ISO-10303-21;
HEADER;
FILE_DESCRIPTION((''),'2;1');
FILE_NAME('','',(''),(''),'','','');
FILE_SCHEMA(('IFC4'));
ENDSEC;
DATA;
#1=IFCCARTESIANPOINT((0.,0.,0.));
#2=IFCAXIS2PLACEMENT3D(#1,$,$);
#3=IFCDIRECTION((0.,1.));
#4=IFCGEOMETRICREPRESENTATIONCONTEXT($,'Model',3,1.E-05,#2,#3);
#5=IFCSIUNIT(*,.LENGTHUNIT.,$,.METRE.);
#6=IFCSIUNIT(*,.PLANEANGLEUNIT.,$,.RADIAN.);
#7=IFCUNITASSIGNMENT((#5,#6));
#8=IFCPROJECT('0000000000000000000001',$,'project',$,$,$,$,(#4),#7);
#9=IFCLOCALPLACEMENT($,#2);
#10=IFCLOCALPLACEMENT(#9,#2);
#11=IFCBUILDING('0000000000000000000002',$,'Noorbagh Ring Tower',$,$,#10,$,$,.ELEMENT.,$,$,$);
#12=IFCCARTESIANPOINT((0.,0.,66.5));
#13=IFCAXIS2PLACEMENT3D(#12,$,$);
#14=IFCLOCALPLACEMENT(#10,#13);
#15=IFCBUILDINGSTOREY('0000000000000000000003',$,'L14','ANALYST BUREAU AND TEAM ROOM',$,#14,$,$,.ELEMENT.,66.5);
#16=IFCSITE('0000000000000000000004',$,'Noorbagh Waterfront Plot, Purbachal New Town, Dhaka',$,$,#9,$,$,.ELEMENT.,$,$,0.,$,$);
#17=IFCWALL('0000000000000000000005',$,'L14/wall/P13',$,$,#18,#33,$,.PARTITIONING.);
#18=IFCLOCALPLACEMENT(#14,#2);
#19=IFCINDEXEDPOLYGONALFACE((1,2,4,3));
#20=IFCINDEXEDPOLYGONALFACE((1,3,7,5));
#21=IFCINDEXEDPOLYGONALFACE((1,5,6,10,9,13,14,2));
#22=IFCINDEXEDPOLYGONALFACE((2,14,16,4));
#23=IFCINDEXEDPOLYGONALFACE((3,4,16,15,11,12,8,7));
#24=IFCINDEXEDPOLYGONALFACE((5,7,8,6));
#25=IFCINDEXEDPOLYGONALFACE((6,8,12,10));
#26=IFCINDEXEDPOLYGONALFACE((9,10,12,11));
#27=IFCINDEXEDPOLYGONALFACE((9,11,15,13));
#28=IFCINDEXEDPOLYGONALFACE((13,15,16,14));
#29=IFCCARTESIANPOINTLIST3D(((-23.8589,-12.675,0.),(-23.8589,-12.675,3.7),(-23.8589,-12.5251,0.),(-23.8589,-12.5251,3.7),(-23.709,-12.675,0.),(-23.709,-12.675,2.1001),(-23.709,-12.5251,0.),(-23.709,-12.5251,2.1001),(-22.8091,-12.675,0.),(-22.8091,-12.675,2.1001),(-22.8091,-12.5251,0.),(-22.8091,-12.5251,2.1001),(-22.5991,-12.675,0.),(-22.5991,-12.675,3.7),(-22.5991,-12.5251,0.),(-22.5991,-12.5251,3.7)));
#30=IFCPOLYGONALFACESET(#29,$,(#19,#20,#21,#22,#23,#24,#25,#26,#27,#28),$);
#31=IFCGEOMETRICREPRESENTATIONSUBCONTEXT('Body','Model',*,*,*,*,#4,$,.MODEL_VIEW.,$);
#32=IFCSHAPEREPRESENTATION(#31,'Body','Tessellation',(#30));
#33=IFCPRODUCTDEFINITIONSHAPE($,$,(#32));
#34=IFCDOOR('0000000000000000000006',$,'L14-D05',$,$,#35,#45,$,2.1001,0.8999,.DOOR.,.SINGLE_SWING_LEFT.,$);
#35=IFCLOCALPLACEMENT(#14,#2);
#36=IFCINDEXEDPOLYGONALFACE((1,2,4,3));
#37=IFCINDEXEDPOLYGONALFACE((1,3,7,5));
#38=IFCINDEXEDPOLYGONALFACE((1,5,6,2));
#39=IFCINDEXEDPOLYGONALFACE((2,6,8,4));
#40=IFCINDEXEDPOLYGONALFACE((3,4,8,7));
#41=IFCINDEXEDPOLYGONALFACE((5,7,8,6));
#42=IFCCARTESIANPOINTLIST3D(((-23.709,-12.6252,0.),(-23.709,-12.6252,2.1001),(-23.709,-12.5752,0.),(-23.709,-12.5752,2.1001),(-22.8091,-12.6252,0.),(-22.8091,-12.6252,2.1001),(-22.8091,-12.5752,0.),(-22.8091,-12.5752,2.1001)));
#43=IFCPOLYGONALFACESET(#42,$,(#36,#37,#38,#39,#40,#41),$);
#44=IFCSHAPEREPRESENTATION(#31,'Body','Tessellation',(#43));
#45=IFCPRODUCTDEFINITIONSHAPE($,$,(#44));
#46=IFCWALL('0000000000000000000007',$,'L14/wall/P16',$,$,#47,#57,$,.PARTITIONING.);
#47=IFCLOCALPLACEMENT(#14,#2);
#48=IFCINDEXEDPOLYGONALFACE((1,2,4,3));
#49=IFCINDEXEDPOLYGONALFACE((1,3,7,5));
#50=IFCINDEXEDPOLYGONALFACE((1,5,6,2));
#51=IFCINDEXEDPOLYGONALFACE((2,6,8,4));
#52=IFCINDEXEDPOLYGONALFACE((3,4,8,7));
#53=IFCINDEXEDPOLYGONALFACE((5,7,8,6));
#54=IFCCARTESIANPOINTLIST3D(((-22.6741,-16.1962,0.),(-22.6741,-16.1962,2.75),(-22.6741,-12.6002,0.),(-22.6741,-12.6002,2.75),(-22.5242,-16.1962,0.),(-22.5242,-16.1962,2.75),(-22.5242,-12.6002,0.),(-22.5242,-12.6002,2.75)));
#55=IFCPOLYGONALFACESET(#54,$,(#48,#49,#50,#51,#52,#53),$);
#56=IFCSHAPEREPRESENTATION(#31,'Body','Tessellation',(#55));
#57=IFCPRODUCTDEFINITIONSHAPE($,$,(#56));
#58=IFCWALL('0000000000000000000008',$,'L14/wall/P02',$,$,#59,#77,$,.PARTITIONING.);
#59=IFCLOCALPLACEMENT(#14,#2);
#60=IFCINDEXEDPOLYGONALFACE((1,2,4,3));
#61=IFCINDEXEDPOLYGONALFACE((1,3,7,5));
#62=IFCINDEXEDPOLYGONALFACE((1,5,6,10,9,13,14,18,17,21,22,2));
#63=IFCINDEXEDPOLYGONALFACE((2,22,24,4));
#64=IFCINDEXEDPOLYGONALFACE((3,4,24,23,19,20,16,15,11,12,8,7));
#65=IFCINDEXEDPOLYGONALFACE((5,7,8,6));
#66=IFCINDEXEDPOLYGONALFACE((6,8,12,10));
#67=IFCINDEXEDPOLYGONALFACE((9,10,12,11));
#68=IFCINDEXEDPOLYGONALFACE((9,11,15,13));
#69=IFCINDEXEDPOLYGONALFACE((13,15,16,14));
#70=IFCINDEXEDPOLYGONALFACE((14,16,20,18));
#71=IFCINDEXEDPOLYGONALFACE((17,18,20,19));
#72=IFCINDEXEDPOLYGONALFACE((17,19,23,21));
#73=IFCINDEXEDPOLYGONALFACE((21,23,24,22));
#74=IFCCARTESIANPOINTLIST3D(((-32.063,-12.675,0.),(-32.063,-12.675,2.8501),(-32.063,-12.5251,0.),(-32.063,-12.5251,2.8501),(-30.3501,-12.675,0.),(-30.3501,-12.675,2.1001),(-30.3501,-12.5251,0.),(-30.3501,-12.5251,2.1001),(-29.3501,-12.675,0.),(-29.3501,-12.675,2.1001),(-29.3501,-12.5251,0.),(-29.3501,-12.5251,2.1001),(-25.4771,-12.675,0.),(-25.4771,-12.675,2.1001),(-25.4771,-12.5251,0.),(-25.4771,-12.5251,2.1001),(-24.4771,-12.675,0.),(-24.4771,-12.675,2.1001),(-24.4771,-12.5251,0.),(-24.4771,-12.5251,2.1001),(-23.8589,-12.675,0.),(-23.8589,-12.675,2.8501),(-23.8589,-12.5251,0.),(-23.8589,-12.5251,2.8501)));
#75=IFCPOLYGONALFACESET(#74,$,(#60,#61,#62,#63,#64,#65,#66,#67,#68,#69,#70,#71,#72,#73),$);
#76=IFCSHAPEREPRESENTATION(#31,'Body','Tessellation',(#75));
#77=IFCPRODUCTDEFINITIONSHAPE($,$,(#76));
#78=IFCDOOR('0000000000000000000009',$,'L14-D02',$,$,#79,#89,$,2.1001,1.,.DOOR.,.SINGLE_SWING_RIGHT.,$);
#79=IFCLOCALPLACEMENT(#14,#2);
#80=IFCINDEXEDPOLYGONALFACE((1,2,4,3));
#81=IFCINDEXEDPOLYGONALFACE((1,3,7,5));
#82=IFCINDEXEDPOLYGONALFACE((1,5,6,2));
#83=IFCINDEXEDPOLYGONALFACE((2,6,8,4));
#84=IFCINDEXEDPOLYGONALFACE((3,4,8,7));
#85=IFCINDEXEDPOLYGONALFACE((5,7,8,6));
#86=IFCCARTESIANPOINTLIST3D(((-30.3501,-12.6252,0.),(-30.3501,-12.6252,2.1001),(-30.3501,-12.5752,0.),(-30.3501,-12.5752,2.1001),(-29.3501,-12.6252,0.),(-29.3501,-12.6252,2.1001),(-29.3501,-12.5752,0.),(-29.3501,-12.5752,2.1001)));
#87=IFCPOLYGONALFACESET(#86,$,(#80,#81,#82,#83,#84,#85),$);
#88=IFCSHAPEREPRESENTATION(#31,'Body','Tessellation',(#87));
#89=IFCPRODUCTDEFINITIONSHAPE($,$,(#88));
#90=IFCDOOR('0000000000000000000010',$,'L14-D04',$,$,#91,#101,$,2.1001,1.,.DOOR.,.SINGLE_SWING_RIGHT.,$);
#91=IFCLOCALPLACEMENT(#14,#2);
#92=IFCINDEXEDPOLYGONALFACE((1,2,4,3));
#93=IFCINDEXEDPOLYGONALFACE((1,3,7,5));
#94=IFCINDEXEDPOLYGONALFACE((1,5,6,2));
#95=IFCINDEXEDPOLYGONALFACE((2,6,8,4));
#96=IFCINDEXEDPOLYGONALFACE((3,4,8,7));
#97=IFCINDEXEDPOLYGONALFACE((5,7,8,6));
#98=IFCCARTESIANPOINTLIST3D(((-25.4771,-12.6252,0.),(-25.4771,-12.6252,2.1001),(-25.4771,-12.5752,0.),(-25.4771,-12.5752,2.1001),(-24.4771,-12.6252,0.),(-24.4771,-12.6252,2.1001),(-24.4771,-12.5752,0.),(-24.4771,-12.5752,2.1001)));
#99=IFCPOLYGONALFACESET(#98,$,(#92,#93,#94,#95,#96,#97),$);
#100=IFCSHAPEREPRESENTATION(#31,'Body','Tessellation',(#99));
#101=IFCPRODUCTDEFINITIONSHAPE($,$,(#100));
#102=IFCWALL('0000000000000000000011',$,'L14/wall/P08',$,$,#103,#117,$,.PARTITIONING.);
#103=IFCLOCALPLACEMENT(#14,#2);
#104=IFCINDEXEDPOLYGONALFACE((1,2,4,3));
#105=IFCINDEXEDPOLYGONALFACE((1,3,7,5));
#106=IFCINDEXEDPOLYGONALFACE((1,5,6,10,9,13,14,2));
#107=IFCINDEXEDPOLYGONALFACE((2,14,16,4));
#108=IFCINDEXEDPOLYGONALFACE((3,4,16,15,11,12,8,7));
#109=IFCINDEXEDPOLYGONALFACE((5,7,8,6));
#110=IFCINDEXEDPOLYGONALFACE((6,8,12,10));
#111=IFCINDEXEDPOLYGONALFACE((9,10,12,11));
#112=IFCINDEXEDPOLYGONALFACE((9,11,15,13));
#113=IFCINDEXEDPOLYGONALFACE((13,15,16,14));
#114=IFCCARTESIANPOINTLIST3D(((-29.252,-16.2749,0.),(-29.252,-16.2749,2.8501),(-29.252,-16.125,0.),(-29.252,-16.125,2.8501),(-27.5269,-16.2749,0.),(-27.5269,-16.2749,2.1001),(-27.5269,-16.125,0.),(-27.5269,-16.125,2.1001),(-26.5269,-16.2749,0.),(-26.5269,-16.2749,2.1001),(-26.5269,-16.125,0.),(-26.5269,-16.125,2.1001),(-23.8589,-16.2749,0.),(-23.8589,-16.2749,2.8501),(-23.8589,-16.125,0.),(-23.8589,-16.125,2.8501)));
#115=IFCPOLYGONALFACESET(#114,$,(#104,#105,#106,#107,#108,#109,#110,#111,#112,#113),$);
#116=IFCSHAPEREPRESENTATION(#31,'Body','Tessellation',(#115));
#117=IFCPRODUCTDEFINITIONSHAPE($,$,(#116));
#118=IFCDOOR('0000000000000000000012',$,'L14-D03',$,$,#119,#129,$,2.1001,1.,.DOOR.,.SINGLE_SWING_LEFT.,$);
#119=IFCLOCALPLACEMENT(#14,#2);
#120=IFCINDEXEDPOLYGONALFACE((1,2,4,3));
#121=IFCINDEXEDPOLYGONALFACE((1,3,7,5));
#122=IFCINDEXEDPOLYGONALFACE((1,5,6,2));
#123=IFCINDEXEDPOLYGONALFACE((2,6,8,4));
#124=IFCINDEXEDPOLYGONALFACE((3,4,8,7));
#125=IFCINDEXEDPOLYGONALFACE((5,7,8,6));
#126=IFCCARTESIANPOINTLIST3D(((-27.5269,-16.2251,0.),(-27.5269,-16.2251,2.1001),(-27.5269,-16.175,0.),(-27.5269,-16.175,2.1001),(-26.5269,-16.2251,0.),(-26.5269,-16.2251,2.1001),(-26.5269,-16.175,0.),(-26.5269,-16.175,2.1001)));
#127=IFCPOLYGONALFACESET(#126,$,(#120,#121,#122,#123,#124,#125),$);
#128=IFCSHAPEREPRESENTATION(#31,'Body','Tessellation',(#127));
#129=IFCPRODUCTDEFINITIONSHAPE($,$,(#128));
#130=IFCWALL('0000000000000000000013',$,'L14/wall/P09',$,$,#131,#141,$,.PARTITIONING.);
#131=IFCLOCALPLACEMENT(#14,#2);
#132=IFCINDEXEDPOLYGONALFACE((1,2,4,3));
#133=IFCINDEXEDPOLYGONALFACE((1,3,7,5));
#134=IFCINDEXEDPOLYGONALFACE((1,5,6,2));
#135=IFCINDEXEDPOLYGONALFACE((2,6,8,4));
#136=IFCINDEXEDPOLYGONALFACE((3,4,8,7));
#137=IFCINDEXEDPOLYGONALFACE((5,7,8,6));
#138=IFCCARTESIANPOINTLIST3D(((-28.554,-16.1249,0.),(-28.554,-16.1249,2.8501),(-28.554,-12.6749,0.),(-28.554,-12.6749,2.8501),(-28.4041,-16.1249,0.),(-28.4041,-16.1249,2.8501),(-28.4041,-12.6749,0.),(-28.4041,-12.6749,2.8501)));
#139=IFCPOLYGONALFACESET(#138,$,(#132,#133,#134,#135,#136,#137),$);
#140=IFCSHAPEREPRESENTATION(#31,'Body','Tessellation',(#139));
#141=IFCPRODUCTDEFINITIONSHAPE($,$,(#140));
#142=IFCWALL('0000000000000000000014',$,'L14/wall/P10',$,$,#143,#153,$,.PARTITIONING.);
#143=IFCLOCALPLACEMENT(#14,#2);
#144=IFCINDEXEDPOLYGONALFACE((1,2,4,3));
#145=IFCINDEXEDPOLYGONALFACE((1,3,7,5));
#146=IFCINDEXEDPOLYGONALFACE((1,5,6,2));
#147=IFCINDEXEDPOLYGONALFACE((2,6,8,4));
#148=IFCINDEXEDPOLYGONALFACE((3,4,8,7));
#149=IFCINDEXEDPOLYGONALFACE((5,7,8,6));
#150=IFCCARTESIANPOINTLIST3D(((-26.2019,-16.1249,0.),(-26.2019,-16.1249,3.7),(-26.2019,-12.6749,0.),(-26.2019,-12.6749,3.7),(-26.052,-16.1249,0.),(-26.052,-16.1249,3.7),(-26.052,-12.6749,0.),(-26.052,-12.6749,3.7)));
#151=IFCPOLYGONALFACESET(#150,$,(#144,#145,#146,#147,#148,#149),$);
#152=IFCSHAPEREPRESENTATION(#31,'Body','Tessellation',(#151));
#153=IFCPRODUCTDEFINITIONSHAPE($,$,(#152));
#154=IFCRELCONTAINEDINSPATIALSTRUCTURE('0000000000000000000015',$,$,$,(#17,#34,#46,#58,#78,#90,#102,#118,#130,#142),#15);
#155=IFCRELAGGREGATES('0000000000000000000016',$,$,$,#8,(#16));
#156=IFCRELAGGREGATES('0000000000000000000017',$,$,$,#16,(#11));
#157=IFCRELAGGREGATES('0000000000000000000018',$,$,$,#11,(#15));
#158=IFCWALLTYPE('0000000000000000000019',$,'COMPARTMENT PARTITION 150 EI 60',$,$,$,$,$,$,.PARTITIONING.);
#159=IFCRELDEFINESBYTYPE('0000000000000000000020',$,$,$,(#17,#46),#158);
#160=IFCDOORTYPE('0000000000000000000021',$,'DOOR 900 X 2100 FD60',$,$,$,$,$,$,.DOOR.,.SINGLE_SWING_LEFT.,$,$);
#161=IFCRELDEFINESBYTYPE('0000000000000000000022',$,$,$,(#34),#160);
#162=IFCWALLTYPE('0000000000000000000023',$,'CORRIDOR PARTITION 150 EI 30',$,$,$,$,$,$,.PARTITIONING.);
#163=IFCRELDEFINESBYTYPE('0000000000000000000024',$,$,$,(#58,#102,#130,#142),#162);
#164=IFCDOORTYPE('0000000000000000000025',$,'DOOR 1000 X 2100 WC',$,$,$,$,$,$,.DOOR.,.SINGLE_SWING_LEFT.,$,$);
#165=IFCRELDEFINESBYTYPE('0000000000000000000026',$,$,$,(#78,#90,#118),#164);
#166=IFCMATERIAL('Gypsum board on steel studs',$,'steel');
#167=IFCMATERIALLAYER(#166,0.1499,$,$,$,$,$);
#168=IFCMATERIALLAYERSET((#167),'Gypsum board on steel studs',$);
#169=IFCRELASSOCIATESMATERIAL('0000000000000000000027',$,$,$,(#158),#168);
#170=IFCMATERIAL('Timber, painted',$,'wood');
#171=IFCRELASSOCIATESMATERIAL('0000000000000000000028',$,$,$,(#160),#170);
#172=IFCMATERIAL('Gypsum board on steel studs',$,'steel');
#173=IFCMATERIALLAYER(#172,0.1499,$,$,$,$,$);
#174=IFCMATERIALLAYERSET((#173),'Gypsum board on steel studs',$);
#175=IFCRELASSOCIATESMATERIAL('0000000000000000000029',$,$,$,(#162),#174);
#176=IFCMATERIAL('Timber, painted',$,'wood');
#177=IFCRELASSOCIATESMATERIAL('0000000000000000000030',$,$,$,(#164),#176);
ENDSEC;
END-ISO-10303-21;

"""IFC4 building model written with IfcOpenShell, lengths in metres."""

from ifc_helpers import new_model, si_unit, direction, frame, frame_2d, origin, place, context, subcontext, project, spatial, rectangle, extrude, material, layer, layer_set, type_object, element, fill, save


model = new_model("IFC4")

# Units and contexts
model_context = context("Model", 3, precision=1e-05, world=origin(), true_north=direction((0.0, 1.0)))
body_context = subcontext(model_context, "Body", "Model", "MODEL_VIEW")
ifc_project = project(units=[si_unit("LENGTHUNIT", "METRE"), si_unit("PLANEANGLEUNIT", "RADIAN")], contexts=[model_context])

# Site, building, storey
site_placement = place(None, origin())
site = spatial("IfcSite", under=ifc_project, at=site_placement, Name="Noorbagh Waterfront Plot, Purbachal New Town, Dhaka", CompositionType="ELEMENT", RefElevation=0.0)
building_placement = place(site_placement, origin())
building = spatial("IfcBuilding", under=site, at=building_placement, Name="Noorbagh Ring Tower", CompositionType="ELEMENT")
storey_placement = place(building_placement, frame((0.0, 0.0, 66.5)))
storey = spatial("IfcBuildingStorey", under=building, at=storey_placement, Name="L14", Description="ANALYST BUREAU AND TEAM ROOM", CompositionType="ELEMENT", Elevation=66.5)

# Shared definitions
ifc_material_1 = material(Name="Gypsum board on steel studs", Category="steel")
ifc_layer_1 = layer(ifc_material_1, 0.1499)
ifc_layer_set_1 = layer_set([ifc_layer_1], Name="Gypsum board on steel studs")
wall_type_1 = type_object("IfcWallType", Name="COMPARTMENT PARTITION 150 EI 60", PredefinedType="PARTITIONING", material=ifc_layer_set_1)

# Wall, opening, door
wall_1_placement = place(storey_placement, frame((-23.8589, -12.6001, 0.0), z_axis=(0.0, 0.0, 1.0), x_axis=(1.0, 0.0, 0.0)))
wall_1 = element("IfcWall", 1, at=wall_1_placement, inside=storey, type_object=wall_type_1, Name="L14/wall/P13", PredefinedType="PARTITIONING", context=body_context, shape_type="SweptSolid", body=[
    extrude(rectangle(XDim=1.2598, YDim=0.1499, at=frame_2d((0.6299, 0.0))), origin(), (0.0, 0.0, 1.0), 3.7),
])
opening_1_placement = place(wall_1_placement, frame((0.1499, 0.0, 0.0)))
opening_1 = element("IfcOpeningElement", 2, at=opening_1_placement, cuts=wall_1, PredefinedType="OPENING", context=body_context, shape_type="SweptSolid", body=[
    extrude(rectangle(XDim=0.8999, YDim=2.1001, at=frame_2d((0.45, 1.05))), frame((0.0, 0.085, 0.0), z_axis=(0.0, -1.0, 0.0), x_axis=(1.0, 0.0, 0.0)), (0.0, 0.0, 1.0), 0.1699),
])
ifc_material_2 = material(Name="Timber, painted", Category="wood")
door_type_1 = type_object("IfcDoorType", Name="DOOR 900 X 2100 FD60", OperationType="SINGLE_SWING_LEFT", PredefinedType="DOOR", material=ifc_material_2)
door_1_placement = place(opening_1_placement, origin())
door_1 = element("IfcDoor", 3, at=door_1_placement, inside=storey, type_object=door_type_1, Name="L14-D05", OperationType="SINGLE_SWING_LEFT", OverallHeight=2.1001, OverallWidth=0.8999, PredefinedType="DOOR", context=body_context, shape_type="SweptSolid", body=[
    extrude(rectangle(XDim=0.8999, YDim=2.1001, at=frame_2d((0.45, 1.05))), frame((0.0, 0.0249, 0.0), z_axis=(0.0, -1.0, 0.0), x_axis=(1.0, 0.0, 0.0)), (0.0, 0.0, 1.0), 0.05),
])
fill(opening_1, door_1)

# Wall
wall_2_placement = place(storey_placement, frame((-22.5991, -16.196, 0.0), z_axis=(0.0, 0.0, 1.0), x_axis=(0.0, 1.0, 0.0)))
element("IfcWall", 4, at=wall_2_placement, inside=storey, type_object=wall_type_1, Name="L14/wall/P16", PredefinedType="PARTITIONING", context=body_context, shape_type="SweptSolid", body=[
    extrude(rectangle(XDim=3.5959, YDim=0.1499, at=frame_2d((1.7979, 0.0))), origin(), (0.0, 0.0, 1.0), 2.75),
])

# Wall, openings, doors
ifc_material_3 = material(Name="Gypsum board on steel studs", Category="steel")
ifc_layer_2 = layer(ifc_material_3, 0.1499)
ifc_layer_set_2 = layer_set([ifc_layer_2], Name="Gypsum board on steel studs")
wall_type_2 = type_object("IfcWallType", Name="CORRIDOR PARTITION 150 EI 30", PredefinedType="PARTITIONING", material=ifc_layer_set_2)
wall_3_placement = place(storey_placement, frame((-32.063, -12.6001, 0.0), z_axis=(0.0, 0.0, 1.0), x_axis=(1.0, 0.0, 0.0)))
wall_3 = element("IfcWall", 5, at=wall_3_placement, inside=storey, type_object=wall_type_2, Name="L14/wall/P02", PredefinedType="PARTITIONING", context=body_context, shape_type="SweptSolid", body=[
    extrude(rectangle(XDim=8.2041, YDim=0.1499, at=frame_2d((4.1021, 0.0))), origin(), (0.0, 0.0, 1.0), 2.8501),
])
opening_2_placement = place(wall_3_placement, frame((1.7129, 0.0, 0.0)))
opening_2 = element("IfcOpeningElement", 6, at=opening_2_placement, cuts=wall_3, PredefinedType="OPENING", context=body_context, shape_type="SweptSolid", body=[
    extrude(rectangle(XDim=1.0, YDim=2.1001, at=frame_2d((0.5, 1.05))), frame((0.0, 0.085, 0.0), z_axis=(0.0, -1.0, 0.0), x_axis=(1.0, 0.0, 0.0)), (0.0, 0.0, 1.0), 0.1699),
])
opening_3_placement = place(wall_3_placement, frame((6.5859, 0.0, 0.0)))
opening_3 = element("IfcOpeningElement", 7, at=opening_3_placement, cuts=wall_3, PredefinedType="OPENING", context=body_context, shape_type="SweptSolid", body=[
    extrude(rectangle(XDim=1.0, YDim=2.1001, at=frame_2d((0.5, 1.05))), frame((0.0, 0.085, 0.0), z_axis=(0.0, -1.0, 0.0), x_axis=(1.0, 0.0, 0.0)), (0.0, 0.0, 1.0), 0.1699),
])
ifc_material_4 = material(Name="Timber, painted", Category="wood")
door_type_2 = type_object("IfcDoorType", Name="DOOR 1000 X 2100 WC", OperationType="SINGLE_SWING_LEFT", PredefinedType="DOOR", material=ifc_material_4)
door_2_placement = place(opening_2_placement, origin())
door_2 = element("IfcDoor", 8, at=door_2_placement, inside=storey, type_object=door_type_2, Name="L14-D02", OperationType="SINGLE_SWING_RIGHT", OverallHeight=2.1001, OverallWidth=1.0, PredefinedType="DOOR", context=body_context, shape_type="SweptSolid", body=[
    extrude(rectangle(XDim=1.0, YDim=2.1001, at=frame_2d((0.5, 1.05))), frame((0.0, 0.0249, 0.0), z_axis=(0.0, -1.0, 0.0), x_axis=(1.0, 0.0, 0.0)), (0.0, 0.0, 1.0), 0.05),
])
fill(opening_2, door_2)
door_3_placement = place(opening_3_placement, origin())
door_3 = element("IfcDoor", 9, at=door_3_placement, inside=storey, type_object=door_type_2, Name="L14-D04", OperationType="SINGLE_SWING_RIGHT", OverallHeight=2.1001, OverallWidth=1.0, PredefinedType="DOOR", context=body_context, shape_type="SweptSolid", body=[
    extrude(rectangle(XDim=1.0, YDim=2.1001, at=frame_2d((0.5, 1.05))), frame((0.0, 0.0249, 0.0), z_axis=(0.0, -1.0, 0.0), x_axis=(1.0, 0.0, 0.0)), (0.0, 0.0, 1.0), 0.05),
])
fill(opening_3, door_3)

# Wall, opening, door
wall_4_placement = place(storey_placement, frame((-29.252, -16.2, 0.0), z_axis=(0.0, 0.0, 1.0), x_axis=(1.0, 0.0, 0.0)))
wall_4 = element("IfcWall", 10, at=wall_4_placement, inside=storey, type_object=wall_type_2, Name="L14/wall/P08", PredefinedType="PARTITIONING", context=body_context, shape_type="SweptSolid", body=[
    extrude(rectangle(XDim=5.3931, YDim=0.1499, at=frame_2d((2.6965, 0.0))), origin(), (0.0, 0.0, 1.0), 2.8501),
])
opening_4_placement = place(wall_4_placement, frame((1.7251, 0.0, 0.0)))
opening_4 = element("IfcOpeningElement", 11, at=opening_4_placement, cuts=wall_4, PredefinedType="OPENING", context=body_context, shape_type="SweptSolid", body=[
    extrude(rectangle(XDim=1.0, YDim=2.1001, at=frame_2d((0.5, 1.05))), frame((0.0, 0.085, 0.0), z_axis=(0.0, -1.0, 0.0), x_axis=(1.0, 0.0, 0.0)), (0.0, 0.0, 1.0), 0.1699),
])
door_4_placement = place(opening_4_placement, origin())
door_4 = element("IfcDoor", 12, at=door_4_placement, inside=storey, type_object=door_type_2, Name="L14-D03", OperationType="SINGLE_SWING_LEFT", OverallHeight=2.1001, OverallWidth=1.0, PredefinedType="DOOR", context=body_context, shape_type="SweptSolid", body=[
    extrude(rectangle(XDim=1.0, YDim=2.1001, at=frame_2d((0.5, 1.05))), frame((0.0, 0.0249, 0.0), z_axis=(0.0, -1.0, 0.0), x_axis=(1.0, 0.0, 0.0)), (0.0, 0.0, 1.0), 0.05),
])
fill(opening_4, door_4)

# Walls
wall_5_placement = place(storey_placement, frame((-28.479, -16.125, 0.0), z_axis=(0.0, 0.0, 1.0), x_axis=(0.0, 1.0, 0.0)))
element("IfcWall", 13, at=wall_5_placement, inside=storey, type_object=wall_type_2, Name="L14/wall/P09", PredefinedType="PARTITIONING", context=body_context, shape_type="SweptSolid", body=[
    extrude(rectangle(XDim=3.45, YDim=0.1499, at=frame_2d((1.7251, 0.0))), origin(), (0.0, 0.0, 1.0), 2.8501),
])
wall_6_placement = place(storey_placement, frame((-26.127, -16.125, 0.0), z_axis=(0.0, 0.0, 1.0), x_axis=(0.0, 1.0, 0.0)))
element("IfcWall", 14, at=wall_6_placement, inside=storey, type_object=wall_type_2, Name="L14/wall/P10", PredefinedType="PARTITIONING", context=body_context, shape_type="SweptSolid", body=[
    extrude(rectangle(XDim=3.45, YDim=0.1499, at=frame_2d((1.7251, 0.0))), origin(), (0.0, 0.0, 1.0), 3.7),
])

save(model, "model.ifc")
